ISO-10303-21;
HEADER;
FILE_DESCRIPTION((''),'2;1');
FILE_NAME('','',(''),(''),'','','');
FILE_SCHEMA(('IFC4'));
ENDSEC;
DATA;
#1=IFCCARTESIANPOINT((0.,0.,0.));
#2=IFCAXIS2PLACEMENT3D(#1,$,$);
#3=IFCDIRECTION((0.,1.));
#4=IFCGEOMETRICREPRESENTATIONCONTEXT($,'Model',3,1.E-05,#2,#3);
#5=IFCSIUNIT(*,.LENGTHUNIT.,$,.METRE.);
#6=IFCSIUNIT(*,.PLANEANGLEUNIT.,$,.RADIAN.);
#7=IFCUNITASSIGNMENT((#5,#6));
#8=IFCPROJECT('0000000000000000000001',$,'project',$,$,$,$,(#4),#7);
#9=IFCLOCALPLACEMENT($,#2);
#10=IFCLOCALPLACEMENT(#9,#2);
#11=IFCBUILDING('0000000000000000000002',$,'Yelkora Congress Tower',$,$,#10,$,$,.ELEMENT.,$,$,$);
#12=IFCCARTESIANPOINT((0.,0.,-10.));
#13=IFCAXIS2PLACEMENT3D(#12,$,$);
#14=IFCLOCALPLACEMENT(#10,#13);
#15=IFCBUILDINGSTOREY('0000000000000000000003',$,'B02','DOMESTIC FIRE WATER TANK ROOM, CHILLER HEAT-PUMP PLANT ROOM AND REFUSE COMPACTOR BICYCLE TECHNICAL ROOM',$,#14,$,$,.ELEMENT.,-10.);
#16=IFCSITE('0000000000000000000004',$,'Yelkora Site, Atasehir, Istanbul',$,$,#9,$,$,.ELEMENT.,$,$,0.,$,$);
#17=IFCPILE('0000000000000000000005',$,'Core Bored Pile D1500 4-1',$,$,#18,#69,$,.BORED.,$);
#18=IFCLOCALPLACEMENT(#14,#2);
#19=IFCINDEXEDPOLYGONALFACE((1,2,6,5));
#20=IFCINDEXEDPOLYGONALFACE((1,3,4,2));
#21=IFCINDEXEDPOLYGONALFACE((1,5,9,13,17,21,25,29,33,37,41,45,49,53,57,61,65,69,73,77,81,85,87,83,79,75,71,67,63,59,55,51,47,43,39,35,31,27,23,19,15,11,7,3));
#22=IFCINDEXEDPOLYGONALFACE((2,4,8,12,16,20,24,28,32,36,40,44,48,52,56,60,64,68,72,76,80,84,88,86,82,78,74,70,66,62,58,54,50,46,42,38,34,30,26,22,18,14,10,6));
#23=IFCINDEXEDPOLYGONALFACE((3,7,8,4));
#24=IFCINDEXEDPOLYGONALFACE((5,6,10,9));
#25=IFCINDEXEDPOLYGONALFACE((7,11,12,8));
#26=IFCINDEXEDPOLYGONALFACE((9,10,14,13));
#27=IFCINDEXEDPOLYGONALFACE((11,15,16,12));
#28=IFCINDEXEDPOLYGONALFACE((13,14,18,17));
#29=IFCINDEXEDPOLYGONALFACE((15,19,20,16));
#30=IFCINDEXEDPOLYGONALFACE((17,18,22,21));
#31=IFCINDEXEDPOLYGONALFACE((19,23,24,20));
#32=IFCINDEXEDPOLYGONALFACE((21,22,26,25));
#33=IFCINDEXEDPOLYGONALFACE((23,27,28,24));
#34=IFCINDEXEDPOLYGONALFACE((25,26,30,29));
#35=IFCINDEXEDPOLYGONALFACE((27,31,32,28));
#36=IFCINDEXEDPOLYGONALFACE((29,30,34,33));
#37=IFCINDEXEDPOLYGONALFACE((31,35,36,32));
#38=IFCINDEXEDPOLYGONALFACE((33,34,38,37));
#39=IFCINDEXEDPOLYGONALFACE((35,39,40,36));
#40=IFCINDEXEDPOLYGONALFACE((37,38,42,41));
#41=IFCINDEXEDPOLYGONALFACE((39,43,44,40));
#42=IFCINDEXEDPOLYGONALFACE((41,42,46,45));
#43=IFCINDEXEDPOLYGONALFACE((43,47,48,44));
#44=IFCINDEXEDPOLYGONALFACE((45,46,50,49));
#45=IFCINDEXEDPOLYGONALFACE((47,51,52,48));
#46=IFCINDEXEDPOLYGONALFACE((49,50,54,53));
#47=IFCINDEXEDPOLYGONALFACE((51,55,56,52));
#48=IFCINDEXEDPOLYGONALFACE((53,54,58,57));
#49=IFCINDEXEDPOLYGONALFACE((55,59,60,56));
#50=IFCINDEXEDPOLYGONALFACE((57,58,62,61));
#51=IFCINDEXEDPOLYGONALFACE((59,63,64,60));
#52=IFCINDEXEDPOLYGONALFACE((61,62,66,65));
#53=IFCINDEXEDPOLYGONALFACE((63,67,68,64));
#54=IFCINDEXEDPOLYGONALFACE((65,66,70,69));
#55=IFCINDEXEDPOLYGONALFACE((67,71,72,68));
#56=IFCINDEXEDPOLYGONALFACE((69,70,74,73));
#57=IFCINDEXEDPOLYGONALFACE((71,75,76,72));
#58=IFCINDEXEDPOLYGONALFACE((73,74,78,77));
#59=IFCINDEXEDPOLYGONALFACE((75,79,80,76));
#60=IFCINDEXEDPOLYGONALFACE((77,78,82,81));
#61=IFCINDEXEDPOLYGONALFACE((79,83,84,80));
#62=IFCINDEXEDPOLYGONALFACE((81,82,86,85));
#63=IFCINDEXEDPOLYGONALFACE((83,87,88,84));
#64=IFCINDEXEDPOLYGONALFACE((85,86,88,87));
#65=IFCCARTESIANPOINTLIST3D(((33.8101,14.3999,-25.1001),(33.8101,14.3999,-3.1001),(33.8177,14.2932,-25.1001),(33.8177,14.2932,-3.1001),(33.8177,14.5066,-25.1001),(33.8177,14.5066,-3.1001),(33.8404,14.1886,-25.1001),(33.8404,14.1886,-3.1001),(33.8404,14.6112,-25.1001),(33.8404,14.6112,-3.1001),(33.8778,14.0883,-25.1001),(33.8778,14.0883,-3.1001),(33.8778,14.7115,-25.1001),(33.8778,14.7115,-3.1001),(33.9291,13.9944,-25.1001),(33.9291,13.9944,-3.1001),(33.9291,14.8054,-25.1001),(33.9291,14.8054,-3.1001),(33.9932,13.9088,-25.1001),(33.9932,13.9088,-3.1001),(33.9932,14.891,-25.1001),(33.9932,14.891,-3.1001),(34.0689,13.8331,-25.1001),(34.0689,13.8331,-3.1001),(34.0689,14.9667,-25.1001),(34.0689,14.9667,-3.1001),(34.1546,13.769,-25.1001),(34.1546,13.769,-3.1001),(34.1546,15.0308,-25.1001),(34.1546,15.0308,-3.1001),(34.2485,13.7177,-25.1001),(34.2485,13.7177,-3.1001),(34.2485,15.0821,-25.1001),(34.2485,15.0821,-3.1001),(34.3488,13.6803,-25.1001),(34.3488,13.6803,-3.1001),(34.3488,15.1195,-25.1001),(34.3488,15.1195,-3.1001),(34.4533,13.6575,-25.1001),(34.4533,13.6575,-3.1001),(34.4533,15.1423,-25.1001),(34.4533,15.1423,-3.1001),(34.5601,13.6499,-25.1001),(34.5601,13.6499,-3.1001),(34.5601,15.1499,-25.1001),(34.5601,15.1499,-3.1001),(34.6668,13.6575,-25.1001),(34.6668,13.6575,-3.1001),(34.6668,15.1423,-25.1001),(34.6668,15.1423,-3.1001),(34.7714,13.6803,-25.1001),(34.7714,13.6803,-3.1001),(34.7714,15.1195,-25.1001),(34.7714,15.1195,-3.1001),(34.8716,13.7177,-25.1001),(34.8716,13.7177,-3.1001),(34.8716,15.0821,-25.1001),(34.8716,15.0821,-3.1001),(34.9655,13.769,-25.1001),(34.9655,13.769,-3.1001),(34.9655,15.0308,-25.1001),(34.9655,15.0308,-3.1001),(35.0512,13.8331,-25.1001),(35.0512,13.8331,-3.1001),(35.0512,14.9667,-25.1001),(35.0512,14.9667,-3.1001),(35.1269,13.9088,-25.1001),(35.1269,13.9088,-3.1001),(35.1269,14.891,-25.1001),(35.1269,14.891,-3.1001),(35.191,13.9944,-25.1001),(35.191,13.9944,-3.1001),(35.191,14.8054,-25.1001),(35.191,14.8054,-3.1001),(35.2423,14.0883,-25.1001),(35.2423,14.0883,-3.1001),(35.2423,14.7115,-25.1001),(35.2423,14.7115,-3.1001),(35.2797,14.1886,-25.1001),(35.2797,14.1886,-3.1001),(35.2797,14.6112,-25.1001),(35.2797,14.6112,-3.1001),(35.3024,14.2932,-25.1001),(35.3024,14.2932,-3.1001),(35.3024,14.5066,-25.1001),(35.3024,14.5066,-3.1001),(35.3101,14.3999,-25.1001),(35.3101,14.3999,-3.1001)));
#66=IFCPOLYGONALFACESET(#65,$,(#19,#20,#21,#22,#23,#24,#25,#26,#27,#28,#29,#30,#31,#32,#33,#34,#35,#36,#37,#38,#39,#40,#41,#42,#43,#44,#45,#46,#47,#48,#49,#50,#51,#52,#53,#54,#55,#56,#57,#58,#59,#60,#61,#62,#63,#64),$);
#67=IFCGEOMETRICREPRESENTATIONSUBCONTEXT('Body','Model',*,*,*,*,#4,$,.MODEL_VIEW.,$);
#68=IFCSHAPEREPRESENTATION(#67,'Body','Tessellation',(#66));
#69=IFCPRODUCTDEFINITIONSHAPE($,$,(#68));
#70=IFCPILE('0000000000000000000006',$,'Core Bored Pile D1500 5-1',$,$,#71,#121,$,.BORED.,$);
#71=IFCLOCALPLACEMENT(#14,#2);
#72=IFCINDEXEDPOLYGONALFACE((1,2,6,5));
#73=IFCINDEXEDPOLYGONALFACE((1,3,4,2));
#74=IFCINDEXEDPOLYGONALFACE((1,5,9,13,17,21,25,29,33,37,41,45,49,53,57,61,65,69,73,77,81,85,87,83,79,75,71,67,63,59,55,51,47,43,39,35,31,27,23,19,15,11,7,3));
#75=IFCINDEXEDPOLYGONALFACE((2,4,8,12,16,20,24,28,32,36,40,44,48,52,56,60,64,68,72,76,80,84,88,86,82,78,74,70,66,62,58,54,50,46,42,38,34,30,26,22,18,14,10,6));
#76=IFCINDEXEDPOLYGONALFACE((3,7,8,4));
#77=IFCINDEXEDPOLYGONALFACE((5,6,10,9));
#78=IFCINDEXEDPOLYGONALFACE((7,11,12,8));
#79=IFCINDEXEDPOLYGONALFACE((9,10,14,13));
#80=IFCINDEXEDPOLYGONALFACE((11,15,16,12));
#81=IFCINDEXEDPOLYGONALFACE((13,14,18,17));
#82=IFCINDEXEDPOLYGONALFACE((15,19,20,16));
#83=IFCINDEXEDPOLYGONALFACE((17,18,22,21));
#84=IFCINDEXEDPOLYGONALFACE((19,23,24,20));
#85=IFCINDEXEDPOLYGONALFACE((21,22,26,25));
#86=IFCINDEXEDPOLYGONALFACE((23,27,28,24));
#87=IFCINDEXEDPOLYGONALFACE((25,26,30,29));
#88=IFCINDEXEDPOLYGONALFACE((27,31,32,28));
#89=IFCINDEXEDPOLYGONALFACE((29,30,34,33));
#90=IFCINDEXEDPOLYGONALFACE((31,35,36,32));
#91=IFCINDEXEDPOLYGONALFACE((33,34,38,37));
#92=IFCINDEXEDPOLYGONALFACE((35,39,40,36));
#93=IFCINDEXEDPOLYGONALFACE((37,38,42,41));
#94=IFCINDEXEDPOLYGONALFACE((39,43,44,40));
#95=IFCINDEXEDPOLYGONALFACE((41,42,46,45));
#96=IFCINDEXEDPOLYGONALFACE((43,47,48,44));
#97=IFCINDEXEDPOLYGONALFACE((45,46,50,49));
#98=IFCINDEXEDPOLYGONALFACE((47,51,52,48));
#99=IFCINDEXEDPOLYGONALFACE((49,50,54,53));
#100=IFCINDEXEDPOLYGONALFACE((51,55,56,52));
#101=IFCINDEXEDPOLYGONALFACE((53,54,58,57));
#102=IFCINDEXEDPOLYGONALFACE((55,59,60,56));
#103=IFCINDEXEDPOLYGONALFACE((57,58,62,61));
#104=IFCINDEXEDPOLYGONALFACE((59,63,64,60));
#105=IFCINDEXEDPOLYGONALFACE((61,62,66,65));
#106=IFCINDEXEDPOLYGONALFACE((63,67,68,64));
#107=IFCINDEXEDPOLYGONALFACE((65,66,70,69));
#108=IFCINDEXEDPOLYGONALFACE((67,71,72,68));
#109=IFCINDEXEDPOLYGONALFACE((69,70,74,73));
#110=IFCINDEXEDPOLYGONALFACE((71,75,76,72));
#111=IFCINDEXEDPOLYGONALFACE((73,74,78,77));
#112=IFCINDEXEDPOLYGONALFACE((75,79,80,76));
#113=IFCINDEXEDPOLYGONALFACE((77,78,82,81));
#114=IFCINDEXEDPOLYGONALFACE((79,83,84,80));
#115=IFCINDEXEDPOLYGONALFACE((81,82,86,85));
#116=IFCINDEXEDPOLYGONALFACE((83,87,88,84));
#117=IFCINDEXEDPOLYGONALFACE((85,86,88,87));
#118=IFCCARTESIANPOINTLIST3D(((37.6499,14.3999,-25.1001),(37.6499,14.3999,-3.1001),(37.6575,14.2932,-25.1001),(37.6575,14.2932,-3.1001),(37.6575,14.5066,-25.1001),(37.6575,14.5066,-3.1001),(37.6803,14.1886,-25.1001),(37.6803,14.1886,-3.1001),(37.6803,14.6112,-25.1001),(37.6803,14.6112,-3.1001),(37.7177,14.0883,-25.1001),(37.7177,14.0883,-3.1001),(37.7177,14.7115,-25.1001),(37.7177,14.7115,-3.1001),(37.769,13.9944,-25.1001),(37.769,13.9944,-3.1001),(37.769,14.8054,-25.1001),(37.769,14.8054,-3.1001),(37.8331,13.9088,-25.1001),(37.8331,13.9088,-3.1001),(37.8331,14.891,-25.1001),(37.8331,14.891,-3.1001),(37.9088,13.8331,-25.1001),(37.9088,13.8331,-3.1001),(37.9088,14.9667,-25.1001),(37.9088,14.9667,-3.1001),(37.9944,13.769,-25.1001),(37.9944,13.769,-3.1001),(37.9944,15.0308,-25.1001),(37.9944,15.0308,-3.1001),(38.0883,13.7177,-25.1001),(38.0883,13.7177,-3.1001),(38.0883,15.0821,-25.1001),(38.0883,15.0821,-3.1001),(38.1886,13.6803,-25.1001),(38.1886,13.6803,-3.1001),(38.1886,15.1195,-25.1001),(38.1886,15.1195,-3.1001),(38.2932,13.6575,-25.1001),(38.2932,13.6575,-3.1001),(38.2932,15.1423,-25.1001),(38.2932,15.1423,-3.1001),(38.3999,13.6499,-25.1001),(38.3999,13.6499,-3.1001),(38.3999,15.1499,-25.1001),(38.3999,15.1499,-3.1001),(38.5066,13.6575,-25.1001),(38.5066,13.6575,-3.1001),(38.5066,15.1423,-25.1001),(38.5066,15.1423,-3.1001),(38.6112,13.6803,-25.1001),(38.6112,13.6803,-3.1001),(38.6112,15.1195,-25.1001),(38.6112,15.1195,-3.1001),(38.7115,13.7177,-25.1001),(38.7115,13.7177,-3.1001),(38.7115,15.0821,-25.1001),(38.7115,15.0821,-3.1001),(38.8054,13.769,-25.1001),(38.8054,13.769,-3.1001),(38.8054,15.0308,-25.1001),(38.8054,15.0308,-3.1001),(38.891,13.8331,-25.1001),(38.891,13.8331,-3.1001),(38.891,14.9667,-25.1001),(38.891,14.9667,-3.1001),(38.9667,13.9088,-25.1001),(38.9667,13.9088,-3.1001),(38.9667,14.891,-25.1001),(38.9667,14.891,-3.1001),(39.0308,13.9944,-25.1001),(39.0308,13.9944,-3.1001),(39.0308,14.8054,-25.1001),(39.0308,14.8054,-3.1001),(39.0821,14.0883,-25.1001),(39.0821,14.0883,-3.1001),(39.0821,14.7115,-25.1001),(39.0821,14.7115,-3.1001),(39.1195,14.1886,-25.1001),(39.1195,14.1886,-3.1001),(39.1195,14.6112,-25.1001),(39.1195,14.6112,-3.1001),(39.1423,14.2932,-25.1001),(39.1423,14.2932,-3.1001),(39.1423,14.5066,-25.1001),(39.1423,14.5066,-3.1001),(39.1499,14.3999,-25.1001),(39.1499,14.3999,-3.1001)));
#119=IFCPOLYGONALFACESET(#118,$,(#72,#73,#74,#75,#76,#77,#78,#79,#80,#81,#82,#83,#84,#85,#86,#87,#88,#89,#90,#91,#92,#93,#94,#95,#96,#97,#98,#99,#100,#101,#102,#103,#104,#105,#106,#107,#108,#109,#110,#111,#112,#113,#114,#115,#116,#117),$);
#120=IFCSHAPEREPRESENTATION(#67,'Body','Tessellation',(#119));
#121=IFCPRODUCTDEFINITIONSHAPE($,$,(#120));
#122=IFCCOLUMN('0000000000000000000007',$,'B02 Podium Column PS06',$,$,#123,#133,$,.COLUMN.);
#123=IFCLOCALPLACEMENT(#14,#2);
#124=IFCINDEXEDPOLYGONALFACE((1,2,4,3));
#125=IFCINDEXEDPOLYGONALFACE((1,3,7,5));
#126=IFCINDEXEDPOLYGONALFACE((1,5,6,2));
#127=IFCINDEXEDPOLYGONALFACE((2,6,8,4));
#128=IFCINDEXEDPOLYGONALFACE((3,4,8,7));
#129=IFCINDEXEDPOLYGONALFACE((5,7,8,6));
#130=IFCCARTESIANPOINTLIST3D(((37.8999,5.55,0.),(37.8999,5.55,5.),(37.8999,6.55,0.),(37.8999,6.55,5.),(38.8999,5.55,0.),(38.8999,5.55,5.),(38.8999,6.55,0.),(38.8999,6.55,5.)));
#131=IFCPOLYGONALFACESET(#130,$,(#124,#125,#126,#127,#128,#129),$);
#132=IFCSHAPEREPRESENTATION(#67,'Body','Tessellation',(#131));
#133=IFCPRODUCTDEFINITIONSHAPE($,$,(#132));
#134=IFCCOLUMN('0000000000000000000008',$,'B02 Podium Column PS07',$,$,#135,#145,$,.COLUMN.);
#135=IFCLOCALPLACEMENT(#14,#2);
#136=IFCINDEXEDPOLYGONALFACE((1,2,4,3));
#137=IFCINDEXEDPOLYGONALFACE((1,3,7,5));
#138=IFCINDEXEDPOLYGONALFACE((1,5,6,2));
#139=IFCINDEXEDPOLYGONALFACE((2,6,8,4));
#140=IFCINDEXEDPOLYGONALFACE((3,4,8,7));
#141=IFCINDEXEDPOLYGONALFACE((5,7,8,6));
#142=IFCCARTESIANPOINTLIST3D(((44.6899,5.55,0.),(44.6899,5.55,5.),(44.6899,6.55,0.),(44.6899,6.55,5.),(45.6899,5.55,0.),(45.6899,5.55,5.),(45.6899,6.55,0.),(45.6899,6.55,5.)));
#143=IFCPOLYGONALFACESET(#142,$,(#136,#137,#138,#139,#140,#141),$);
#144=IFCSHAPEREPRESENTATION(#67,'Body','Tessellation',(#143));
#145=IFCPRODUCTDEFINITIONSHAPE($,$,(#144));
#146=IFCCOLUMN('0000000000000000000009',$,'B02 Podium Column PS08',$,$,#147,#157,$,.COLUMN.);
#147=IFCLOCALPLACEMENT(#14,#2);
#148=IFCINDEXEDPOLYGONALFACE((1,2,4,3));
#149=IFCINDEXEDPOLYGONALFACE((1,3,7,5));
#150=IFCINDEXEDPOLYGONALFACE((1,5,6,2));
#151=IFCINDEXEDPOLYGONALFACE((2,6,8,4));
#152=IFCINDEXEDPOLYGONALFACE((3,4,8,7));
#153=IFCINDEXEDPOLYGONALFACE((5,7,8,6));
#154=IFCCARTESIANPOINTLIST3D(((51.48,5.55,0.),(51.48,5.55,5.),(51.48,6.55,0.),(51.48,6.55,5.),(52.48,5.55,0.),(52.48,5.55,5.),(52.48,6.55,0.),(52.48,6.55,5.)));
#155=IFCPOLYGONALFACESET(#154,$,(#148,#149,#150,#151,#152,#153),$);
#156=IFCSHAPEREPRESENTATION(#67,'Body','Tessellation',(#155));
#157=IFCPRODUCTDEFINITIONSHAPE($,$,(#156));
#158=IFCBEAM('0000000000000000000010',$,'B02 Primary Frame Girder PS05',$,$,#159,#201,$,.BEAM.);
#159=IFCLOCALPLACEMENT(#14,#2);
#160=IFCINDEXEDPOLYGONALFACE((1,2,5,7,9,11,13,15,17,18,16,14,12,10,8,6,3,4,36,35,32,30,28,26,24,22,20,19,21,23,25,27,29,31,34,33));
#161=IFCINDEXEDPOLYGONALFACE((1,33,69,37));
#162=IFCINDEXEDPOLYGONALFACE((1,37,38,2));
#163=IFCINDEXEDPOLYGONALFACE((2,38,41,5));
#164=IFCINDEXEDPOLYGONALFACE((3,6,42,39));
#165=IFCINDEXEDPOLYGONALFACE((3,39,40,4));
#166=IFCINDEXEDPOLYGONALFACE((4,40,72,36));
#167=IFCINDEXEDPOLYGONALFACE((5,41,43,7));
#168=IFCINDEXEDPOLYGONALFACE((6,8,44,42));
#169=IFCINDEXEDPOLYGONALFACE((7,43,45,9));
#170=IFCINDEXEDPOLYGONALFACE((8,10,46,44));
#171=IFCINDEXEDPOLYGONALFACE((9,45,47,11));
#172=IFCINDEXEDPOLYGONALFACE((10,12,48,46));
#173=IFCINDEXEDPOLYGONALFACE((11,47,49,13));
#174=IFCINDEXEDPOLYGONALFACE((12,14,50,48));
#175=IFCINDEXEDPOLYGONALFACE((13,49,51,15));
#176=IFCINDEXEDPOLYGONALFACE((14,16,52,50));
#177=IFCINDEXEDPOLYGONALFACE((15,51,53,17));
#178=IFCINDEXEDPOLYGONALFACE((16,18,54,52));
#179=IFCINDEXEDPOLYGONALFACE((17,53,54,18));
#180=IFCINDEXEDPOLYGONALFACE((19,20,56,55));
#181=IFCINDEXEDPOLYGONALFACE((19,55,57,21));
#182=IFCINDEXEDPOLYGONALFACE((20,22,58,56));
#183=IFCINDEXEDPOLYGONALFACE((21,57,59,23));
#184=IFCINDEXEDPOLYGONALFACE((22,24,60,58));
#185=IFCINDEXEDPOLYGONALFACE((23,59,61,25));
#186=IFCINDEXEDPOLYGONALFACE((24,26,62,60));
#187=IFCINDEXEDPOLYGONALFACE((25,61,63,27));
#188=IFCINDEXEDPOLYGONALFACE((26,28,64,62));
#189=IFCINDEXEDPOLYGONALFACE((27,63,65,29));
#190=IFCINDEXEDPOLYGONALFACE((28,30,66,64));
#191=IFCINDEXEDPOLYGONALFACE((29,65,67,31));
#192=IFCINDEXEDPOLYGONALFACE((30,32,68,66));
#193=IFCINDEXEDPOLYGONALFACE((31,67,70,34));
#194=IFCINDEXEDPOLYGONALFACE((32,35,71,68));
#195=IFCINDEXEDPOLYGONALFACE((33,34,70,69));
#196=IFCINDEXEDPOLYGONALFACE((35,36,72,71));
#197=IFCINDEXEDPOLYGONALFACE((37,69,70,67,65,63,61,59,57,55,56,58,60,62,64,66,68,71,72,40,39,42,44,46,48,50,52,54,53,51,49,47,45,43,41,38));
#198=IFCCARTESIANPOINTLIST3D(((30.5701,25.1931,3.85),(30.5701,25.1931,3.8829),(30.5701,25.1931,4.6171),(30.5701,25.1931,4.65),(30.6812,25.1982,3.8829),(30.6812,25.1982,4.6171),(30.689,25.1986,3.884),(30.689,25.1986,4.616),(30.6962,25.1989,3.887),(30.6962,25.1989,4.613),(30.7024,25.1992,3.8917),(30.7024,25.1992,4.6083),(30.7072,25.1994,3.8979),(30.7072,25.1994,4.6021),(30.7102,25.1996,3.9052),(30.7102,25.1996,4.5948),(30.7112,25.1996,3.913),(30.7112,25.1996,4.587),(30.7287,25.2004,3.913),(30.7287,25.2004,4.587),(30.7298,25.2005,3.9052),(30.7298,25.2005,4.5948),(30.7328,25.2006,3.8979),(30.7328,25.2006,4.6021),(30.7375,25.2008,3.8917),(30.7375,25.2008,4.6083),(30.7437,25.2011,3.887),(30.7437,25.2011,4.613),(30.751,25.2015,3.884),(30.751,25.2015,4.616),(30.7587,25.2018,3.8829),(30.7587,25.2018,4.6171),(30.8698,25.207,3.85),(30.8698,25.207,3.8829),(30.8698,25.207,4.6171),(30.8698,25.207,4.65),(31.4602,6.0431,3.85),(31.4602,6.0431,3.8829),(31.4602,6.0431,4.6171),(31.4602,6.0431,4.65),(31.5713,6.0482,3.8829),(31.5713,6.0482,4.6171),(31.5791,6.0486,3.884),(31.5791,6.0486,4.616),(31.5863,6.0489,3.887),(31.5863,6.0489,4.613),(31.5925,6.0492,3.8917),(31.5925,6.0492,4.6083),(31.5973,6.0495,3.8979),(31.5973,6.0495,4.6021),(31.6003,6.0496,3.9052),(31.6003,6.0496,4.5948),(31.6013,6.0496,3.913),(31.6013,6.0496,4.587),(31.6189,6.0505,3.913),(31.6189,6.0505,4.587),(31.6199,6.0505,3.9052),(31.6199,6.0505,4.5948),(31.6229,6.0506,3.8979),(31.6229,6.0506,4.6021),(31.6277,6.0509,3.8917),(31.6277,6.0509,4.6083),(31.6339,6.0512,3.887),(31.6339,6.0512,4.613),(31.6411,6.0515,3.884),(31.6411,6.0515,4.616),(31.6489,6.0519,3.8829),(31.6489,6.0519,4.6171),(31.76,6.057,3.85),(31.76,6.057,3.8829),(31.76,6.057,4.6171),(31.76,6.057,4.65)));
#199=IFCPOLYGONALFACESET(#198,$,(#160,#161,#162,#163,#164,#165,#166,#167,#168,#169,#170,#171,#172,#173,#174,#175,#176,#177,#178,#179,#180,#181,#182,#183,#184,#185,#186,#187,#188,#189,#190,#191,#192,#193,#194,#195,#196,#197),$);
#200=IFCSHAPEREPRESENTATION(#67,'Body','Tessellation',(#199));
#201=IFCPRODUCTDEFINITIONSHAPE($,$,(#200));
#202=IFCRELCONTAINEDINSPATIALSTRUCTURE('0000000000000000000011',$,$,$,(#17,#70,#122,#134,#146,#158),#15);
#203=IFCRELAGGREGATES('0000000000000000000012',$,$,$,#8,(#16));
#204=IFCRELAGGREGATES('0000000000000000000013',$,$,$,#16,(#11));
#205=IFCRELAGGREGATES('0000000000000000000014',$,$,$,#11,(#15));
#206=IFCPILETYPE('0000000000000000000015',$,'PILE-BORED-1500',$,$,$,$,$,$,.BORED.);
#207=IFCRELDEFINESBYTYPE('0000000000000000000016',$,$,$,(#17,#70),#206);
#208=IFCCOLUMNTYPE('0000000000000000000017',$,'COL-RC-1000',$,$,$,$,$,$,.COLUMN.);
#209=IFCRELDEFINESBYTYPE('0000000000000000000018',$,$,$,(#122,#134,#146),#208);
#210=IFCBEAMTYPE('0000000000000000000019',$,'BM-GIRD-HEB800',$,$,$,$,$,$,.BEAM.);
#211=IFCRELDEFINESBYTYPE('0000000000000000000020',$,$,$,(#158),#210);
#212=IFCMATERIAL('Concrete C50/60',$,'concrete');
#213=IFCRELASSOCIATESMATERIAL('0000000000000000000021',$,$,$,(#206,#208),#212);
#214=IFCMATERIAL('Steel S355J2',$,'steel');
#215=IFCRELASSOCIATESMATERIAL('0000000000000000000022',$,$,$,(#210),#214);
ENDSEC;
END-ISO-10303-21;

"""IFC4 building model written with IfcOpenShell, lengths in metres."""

from ifc_helpers import new_model, si_unit, direction, frame, origin, origin_2d, place, context, subcontext, project, spatial, rectangle, circle, i_section, extrude, material, material_profile, profile_set, type_object, element, save


model = new_model("IFC4")

# Units and contexts
model_context = context("Model", 3, precision=1e-05, world=origin(), true_north=direction((0.0, 1.0)))
body_context = subcontext(model_context, "Body", "Model", "MODEL_VIEW")
ifc_project = project(units=[si_unit("LENGTHUNIT", "METRE"), si_unit("PLANEANGLEUNIT", "RADIAN")], contexts=[model_context])

# Site, building, storey
site_placement = place(None, origin())
site = spatial("IfcSite", under=ifc_project, at=site_placement, Name="Yelkora Site, Atasehir, Istanbul", CompositionType="ELEMENT", RefElevation=0.0)
building_placement = place(site_placement, origin())
building = spatial("IfcBuilding", under=site, at=building_placement, Name="Yelkora Congress Tower", CompositionType="ELEMENT")
storey_placement = place(building_placement, frame((0.0, 0.0, -10.0)))
storey = spatial("IfcBuildingStorey", under=building, at=storey_placement, Name="B02", Description="DOMESTIC FIRE WATER TANK ROOM, CHILLER HEAT-PUMP PLANT ROOM AND REFUSE COMPACTOR BICYCLE TECHNICAL ROOM", CompositionType="ELEMENT", Elevation=-10.0)

# Piles
ifc_material_1 = material(Name="Concrete C50/60", Category="concrete")
ifc_material_profile_1 = material_profile(ifc_material_1, circle(Radius=0.75, at=origin_2d()), Name="PILE D1500")
ifc_profile_set_1 = profile_set([ifc_material_profile_1], Name="Concrete C50/60")
pile_type_1 = type_object("IfcPileType", Name="PILE-BORED-1500", PredefinedType="BORED", material=ifc_profile_set_1)
for number, where, z_axis, x_axis, name in (
    (1, (34.5601, 14.3999, -3.1001), (0.0, 0.0, -1.0), (1.0, 0.0, 0.0), "Core Bored Pile D1500 4-1"),
    (2, (38.3999, 14.3999, -3.1001), (0.0, 0.0, -1.0), (1.0, 0.0, 0.0), "Core Bored Pile D1500 5-1"),
):
    element("IfcPile", number, at=place(storey_placement, frame(where, z_axis=z_axis, x_axis=x_axis)), inside=storey, type_object=pile_type_1, Name=name, PredefinedType="BORED", context=body_context, shape_type="SweptSolid", body=[
        extrude(circle(Radius=0.75, at=origin_2d()), origin(), (0.0, 0.0, 1.0), 22.0),
    ])

# Columns
ifc_material_profile_2 = material_profile(ifc_material_1, rectangle(XDim=1.0, YDim=1.0, at=origin_2d()), Name="RC 1000x1000")
ifc_profile_set_2 = profile_set([ifc_material_profile_2], Name="Concrete C50/60")
column_type = type_object("IfcColumnType", Name="COL-RC-1000", PredefinedType="COLUMN", material=ifc_profile_set_2)
for number, where, z_axis, x_axis, name in (
    (3, (38.3999, 6.05, 0.0), (0.0, 0.0, 1.0), (1.0, 0.0, 0.0), "B02 Podium Column PS06"),
    (4, (45.1899, 6.05, 0.0), (0.0, 0.0, 1.0), (1.0, 0.0, 0.0), "B02 Podium Column PS07"),
    (5, (51.98, 6.05, 0.0), (0.0, 0.0, 1.0), (1.0, 0.0, 0.0), "B02 Podium Column PS08"),
):
    element("IfcColumn", number, at=place(storey_placement, frame(where, z_axis=z_axis, x_axis=x_axis)), inside=storey, type_object=column_type, Name=name, PredefinedType="COLUMN", context=body_context, shape_type="SweptSolid", body=[
        extrude(rectangle(XDim=1.0, YDim=1.0, at=origin_2d()), origin(), (0.0, 0.0, 1.0), 5.0),
    ])

# Beam
ifc_material_2 = material(Name="Steel S355J2", Category="steel")
ifc_material_profile_3 = material_profile(ifc_material_2, i_section(OverallWidth=0.3, OverallDepth=0.8, WebThickness=0.0176, FlangeThickness=0.033, FilletRadius=0.03, at=origin_2d()), Name="HEB 800")
ifc_profile_set_3 = profile_set([ifc_material_profile_3], Name="Steel S355J2")
beam_type_1 = type_object("IfcBeamType", Name="BM-GIRD-HEB800", PredefinedType="BEAM", material=ifc_profile_set_3)
beam_1_placement = place(storey_placement, frame((31.6101, 6.05, 4.25), z_axis=(-0.046432, 0.998921, 0.0), x_axis=(-0.998921, -0.046432, 0.0)))
element("IfcBeam", 6, at=beam_1_placement, inside=storey, type_object=beam_type_1, Name="B02 Primary Frame Girder PS05", PredefinedType="BEAM", context=body_context, shape_type="SweptSolid", body=[
    extrude(i_section(OverallWidth=0.3, OverallDepth=0.8, WebThickness=0.0176, FlangeThickness=0.033, FilletRadius=0.03, at=origin_2d()), origin(), (0.0, 0.0, 1.0), 19.1707),
])

save(model, "model.ifc")
